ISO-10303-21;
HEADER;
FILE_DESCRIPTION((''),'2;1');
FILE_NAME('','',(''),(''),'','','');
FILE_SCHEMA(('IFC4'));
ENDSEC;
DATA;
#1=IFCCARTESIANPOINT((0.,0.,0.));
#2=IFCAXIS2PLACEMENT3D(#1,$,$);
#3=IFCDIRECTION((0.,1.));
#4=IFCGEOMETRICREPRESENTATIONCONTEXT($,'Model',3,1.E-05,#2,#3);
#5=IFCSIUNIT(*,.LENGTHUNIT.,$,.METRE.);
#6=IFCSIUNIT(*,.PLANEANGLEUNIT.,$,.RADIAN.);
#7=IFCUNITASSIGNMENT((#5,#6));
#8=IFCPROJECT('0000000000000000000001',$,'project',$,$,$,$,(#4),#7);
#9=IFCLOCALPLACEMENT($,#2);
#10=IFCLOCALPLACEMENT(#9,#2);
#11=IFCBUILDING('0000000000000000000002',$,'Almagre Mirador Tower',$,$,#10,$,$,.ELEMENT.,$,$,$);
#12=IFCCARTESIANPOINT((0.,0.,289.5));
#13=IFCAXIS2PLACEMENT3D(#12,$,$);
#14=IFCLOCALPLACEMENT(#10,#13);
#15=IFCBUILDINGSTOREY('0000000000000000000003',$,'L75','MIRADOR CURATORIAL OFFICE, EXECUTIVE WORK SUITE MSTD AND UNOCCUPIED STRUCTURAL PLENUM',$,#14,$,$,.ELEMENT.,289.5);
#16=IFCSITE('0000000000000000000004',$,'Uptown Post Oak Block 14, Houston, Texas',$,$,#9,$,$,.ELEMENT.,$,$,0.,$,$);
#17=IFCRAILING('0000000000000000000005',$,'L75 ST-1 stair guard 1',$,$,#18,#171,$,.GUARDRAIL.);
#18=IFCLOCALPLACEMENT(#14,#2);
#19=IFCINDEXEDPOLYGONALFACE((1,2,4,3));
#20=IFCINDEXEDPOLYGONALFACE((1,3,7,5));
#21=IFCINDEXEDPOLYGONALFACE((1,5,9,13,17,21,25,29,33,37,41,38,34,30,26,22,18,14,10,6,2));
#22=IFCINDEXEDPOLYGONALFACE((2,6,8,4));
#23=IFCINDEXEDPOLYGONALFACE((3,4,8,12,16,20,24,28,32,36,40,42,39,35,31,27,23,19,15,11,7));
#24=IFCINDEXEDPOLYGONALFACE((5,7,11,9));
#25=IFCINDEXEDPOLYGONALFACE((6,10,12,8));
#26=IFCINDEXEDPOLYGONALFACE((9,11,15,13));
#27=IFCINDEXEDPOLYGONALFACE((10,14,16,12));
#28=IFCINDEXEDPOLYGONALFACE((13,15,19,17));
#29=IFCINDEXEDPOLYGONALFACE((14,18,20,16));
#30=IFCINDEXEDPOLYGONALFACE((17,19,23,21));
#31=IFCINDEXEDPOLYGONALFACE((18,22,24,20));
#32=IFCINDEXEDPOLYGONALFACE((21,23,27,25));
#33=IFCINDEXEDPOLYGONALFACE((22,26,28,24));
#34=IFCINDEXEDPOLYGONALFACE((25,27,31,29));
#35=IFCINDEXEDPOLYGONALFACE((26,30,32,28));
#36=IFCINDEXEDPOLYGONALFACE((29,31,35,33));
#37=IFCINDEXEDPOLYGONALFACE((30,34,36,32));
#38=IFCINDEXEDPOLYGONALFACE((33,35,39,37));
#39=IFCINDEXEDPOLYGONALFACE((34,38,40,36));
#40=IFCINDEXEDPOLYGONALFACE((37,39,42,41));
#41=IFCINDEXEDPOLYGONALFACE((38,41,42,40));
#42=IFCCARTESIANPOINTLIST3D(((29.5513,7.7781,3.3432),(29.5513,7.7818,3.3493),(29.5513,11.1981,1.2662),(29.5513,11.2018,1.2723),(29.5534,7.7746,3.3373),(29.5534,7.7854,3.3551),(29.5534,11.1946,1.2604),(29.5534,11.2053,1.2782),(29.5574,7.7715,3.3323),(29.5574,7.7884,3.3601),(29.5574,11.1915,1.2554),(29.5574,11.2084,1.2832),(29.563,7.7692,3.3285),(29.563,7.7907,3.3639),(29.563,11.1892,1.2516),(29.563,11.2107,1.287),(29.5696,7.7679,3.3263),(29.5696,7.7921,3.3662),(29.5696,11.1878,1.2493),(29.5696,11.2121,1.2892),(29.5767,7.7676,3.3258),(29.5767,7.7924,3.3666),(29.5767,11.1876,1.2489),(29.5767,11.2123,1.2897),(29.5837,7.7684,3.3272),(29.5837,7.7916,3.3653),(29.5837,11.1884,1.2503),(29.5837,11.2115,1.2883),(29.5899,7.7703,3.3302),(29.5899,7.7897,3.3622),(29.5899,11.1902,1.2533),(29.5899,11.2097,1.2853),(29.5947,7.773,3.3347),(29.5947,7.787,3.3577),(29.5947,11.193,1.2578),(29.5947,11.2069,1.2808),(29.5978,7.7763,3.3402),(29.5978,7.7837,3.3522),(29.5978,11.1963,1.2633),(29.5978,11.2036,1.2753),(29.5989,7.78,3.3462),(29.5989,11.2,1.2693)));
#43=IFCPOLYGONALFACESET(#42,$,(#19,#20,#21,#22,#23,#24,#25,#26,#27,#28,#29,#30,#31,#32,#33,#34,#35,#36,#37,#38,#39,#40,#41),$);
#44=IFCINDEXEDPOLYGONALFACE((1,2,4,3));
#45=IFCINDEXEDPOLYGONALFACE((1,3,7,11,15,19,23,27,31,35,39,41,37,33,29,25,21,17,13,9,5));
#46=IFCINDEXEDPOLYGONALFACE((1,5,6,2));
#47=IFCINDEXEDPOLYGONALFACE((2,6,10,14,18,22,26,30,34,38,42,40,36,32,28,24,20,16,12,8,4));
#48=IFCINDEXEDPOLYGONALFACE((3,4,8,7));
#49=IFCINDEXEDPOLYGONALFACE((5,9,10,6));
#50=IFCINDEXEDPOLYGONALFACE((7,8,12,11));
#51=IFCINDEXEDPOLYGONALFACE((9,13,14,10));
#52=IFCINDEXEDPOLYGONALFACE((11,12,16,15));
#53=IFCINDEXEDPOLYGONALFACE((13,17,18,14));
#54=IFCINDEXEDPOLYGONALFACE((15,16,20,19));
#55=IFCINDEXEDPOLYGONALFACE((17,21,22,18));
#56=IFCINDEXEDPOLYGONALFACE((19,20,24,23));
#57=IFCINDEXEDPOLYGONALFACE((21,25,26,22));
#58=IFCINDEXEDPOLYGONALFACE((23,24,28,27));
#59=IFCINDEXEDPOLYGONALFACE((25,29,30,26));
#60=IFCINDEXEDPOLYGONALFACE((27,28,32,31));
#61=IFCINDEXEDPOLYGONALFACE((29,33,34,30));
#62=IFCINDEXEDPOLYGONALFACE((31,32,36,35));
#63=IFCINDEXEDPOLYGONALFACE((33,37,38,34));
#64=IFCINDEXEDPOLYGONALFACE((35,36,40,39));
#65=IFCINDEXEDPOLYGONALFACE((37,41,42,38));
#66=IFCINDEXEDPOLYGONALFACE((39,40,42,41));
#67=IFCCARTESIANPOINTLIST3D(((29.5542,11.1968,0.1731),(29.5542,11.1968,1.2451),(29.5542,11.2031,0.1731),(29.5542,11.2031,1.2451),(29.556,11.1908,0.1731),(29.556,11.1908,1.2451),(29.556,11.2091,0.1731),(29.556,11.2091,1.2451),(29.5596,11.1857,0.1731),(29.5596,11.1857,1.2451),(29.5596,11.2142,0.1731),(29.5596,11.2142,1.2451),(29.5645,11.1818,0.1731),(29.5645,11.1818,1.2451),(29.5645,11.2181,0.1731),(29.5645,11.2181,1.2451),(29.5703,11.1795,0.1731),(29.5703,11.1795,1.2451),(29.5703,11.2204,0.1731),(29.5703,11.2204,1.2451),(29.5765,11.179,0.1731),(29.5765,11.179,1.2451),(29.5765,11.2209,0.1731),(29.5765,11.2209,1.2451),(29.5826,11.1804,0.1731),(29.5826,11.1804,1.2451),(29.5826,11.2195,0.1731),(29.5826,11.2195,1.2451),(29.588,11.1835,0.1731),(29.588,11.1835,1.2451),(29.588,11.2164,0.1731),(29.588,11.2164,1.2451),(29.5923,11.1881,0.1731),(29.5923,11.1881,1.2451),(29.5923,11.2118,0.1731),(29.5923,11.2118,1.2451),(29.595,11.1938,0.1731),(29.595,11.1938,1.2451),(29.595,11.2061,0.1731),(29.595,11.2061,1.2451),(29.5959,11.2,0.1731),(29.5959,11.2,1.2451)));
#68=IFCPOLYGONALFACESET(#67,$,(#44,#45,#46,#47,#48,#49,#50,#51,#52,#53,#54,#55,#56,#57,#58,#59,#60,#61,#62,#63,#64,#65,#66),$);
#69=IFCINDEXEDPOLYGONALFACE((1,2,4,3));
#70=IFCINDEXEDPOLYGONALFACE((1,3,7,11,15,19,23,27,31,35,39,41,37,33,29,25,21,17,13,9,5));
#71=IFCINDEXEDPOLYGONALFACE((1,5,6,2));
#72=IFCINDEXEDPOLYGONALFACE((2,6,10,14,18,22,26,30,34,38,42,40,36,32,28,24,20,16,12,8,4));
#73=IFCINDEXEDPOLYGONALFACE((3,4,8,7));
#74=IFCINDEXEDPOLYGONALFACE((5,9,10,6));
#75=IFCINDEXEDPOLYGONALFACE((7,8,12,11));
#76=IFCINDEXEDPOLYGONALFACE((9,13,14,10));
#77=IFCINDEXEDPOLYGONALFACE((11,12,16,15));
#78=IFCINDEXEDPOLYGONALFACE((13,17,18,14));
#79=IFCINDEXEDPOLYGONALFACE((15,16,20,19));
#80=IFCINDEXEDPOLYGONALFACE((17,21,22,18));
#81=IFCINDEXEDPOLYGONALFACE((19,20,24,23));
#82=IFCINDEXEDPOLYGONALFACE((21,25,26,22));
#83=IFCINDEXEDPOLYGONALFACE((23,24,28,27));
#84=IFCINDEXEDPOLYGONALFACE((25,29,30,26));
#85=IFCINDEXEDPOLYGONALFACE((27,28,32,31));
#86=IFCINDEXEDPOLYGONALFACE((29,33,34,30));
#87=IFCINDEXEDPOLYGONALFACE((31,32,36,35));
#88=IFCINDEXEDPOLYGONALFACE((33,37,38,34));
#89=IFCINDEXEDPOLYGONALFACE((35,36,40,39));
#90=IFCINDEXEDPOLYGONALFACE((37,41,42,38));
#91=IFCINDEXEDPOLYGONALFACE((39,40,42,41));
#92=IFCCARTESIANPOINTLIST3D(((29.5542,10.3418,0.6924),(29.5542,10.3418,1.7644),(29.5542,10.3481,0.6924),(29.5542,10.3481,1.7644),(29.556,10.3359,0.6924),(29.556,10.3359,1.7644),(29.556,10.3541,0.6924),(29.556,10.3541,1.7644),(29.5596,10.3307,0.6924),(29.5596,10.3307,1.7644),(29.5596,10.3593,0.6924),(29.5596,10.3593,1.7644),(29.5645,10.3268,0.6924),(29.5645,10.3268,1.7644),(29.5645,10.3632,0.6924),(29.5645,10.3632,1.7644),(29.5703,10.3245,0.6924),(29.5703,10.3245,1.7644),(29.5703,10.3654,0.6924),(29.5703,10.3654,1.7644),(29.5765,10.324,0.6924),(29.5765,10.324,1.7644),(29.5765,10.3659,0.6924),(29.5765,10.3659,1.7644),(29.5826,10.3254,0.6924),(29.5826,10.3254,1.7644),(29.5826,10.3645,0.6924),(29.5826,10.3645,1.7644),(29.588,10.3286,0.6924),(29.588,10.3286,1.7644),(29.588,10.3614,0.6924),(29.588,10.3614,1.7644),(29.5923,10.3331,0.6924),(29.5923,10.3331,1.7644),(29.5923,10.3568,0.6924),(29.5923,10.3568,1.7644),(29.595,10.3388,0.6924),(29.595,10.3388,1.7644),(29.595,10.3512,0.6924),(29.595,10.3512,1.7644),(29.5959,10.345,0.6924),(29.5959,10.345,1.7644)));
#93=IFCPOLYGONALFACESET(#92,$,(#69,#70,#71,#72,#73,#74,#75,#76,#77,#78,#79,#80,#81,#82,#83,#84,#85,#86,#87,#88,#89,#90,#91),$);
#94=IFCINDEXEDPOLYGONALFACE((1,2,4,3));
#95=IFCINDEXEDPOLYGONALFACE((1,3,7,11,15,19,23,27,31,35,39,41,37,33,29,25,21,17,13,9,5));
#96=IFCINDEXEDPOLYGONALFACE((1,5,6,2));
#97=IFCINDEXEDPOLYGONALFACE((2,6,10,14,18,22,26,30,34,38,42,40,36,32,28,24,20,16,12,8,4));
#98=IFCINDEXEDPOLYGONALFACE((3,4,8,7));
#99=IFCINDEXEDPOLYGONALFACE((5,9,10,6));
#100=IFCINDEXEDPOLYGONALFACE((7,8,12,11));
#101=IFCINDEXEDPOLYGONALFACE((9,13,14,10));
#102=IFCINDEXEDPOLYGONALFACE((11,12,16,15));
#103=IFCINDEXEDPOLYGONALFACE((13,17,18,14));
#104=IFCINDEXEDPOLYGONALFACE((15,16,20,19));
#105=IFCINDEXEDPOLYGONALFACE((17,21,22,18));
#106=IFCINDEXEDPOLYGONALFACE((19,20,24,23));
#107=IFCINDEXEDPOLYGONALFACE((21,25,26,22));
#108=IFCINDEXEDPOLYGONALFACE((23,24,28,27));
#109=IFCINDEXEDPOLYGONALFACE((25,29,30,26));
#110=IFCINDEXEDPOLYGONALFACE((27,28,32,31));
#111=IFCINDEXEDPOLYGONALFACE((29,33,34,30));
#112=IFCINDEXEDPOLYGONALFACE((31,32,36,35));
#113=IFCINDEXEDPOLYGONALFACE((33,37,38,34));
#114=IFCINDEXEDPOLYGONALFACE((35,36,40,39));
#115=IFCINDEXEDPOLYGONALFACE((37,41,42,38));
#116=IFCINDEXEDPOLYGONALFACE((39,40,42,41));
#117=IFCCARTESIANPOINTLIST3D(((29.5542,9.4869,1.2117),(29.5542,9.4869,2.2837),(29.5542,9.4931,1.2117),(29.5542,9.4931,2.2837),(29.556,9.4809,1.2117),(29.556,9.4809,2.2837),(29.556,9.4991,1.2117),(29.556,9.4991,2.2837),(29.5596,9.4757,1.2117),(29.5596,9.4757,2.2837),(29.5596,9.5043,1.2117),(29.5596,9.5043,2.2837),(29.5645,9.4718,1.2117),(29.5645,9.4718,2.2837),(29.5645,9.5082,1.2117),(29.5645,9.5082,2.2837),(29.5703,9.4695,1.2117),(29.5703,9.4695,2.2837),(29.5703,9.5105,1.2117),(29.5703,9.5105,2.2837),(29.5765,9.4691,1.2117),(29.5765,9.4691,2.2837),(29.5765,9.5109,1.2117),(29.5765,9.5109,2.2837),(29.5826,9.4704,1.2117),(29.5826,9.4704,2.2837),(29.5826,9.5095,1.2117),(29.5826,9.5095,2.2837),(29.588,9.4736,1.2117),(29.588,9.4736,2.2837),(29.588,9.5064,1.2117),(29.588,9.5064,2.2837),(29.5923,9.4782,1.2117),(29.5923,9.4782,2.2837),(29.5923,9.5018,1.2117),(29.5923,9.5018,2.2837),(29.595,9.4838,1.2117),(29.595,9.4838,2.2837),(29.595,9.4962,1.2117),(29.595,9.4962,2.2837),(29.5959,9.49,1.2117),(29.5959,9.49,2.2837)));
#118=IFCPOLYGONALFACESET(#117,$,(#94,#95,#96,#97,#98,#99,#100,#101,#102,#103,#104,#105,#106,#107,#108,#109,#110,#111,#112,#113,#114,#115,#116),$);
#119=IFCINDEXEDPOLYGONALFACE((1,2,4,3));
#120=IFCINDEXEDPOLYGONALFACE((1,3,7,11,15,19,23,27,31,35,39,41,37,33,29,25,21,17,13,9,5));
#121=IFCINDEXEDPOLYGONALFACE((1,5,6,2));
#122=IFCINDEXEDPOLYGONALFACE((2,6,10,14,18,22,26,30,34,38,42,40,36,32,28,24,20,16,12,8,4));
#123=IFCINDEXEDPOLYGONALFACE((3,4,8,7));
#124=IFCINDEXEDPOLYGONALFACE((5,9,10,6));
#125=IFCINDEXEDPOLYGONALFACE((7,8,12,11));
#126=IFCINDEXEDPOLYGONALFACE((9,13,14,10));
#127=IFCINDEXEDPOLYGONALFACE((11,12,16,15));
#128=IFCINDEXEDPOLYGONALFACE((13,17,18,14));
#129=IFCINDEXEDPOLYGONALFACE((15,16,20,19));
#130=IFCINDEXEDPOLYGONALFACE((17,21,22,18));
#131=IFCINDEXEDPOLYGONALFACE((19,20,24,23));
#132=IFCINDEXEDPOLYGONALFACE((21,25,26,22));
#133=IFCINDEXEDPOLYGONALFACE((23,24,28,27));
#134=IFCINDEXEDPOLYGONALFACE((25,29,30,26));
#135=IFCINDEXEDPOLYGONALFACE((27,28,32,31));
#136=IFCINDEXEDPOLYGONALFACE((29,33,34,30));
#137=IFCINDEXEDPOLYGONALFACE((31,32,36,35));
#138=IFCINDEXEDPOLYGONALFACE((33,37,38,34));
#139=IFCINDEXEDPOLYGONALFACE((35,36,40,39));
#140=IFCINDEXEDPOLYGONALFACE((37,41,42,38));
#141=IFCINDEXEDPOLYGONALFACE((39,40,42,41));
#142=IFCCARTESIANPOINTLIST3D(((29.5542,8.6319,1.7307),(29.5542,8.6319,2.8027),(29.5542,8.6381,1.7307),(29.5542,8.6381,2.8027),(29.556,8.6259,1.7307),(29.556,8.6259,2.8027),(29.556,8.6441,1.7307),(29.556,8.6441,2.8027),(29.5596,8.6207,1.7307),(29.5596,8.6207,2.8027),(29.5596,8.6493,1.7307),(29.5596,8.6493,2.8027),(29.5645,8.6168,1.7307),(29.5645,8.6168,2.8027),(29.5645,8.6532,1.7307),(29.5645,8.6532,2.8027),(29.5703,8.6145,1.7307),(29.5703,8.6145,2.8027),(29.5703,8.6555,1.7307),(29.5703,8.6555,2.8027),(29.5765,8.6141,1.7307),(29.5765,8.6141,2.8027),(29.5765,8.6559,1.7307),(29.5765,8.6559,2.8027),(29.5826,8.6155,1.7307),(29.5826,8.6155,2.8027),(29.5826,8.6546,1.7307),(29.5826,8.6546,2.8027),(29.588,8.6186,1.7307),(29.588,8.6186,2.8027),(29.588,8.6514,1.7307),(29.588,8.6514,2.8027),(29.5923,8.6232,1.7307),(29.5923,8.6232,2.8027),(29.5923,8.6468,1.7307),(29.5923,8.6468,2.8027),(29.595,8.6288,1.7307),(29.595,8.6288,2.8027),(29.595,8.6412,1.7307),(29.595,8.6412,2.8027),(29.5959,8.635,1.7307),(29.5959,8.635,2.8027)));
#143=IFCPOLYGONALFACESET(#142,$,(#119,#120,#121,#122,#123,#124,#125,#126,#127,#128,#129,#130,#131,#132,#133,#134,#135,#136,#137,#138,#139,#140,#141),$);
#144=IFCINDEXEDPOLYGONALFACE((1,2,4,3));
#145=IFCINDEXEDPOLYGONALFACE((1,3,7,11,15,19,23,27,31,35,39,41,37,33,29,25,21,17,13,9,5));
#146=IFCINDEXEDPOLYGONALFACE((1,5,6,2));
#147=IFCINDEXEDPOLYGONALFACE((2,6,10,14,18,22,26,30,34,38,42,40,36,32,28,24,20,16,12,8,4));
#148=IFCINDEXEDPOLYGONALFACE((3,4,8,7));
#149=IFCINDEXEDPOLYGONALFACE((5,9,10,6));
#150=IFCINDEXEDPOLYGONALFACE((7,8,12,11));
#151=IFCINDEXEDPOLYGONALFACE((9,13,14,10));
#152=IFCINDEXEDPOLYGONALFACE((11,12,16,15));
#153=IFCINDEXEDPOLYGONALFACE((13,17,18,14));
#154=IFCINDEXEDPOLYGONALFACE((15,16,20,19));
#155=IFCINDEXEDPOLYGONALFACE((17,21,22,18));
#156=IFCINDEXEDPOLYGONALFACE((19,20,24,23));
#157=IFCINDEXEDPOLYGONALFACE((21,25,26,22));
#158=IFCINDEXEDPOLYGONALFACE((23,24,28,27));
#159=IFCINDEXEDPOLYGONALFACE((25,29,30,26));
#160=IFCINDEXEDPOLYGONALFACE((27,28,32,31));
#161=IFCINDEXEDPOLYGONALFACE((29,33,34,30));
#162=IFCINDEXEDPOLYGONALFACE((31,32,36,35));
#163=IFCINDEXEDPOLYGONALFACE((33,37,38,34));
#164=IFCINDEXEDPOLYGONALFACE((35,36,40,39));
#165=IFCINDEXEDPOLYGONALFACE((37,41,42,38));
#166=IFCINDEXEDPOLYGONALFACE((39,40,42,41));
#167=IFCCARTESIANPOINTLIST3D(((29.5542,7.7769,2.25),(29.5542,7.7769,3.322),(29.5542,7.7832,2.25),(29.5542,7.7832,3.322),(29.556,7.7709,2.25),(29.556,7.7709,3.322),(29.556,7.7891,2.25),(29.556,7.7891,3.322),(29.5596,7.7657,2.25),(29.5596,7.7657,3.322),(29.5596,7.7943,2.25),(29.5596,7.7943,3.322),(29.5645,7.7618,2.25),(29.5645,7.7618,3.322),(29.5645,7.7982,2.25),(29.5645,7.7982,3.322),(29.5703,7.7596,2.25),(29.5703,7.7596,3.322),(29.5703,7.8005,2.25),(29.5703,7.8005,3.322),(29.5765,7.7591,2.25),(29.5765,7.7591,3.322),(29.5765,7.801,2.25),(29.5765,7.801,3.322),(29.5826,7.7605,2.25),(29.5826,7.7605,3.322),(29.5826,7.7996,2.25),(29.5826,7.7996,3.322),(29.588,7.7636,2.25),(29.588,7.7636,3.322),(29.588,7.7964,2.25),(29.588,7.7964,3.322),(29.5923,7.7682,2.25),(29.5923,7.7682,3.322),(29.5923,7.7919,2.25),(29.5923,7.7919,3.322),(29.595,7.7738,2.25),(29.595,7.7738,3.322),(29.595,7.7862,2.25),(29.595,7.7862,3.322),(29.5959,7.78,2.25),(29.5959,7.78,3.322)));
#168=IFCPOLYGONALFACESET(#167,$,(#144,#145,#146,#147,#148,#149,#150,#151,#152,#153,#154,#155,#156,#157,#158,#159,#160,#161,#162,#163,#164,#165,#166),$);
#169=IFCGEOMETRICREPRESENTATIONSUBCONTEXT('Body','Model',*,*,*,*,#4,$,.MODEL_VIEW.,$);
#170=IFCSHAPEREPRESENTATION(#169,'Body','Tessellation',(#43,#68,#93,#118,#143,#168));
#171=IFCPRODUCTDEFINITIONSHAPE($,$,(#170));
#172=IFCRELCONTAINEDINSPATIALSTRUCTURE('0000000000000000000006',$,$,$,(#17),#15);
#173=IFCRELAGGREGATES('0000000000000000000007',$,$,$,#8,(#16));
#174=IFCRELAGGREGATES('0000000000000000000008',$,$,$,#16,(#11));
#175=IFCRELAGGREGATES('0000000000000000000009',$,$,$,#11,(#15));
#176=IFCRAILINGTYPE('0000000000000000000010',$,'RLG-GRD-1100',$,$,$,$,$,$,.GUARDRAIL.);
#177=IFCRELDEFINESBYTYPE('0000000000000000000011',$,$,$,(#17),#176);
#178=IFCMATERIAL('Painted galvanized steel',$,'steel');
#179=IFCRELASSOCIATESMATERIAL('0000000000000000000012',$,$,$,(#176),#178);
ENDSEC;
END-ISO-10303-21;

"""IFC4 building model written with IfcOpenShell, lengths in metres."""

from ifc_helpers import new_model, si_unit, direction, frame, origin, origin_2d, place, context, subcontext, project, spatial, circle, extrude, material, type_object, element, save


model = new_model("IFC4")

# Units and contexts
model_context = context("Model", 3, precision=1e-05, world=origin(), true_north=direction((0.0, 1.0)))
body_context = subcontext(model_context, "Body", "Model", "MODEL_VIEW")
ifc_project = project(units=[si_unit("LENGTHUNIT", "METRE"), si_unit("PLANEANGLEUNIT", "RADIAN")], contexts=[model_context])

# Site, building, storey
site_placement = place(None, origin())
site = spatial("IfcSite", under=ifc_project, at=site_placement, Name="Uptown Post Oak Block 14, Houston, Texas", CompositionType="ELEMENT", RefElevation=0.0)
building_placement = place(site_placement, origin())
building = spatial("IfcBuilding", under=site, at=building_placement, Name="Almagre Mirador Tower", CompositionType="ELEMENT")
storey_placement = place(building_placement, frame((0.0, 0.0, 289.5)))
storey = spatial("IfcBuildingStorey", under=building, at=storey_placement, Name="L75", Description="MIRADOR CURATORIAL OFFICE, EXECUTIVE WORK SUITE MSTD AND UNOCCUPIED STRUCTURAL PLENUM", CompositionType="ELEMENT", Elevation=289.5)

# Railing
ifc_material_1 = material(Name="Painted galvanized steel", Category="steel")
railing_type_1 = type_object("IfcRailingType", Name="RLG-GRD-1100", PredefinedType="GUARDRAIL", material=ifc_material_1)
railing_1_placement = place(storey_placement, frame((29.575, 11.2, 0.1731)))
element("IfcRailing", 1, at=railing_1_placement, inside=storey, type_object=railing_type_1, Name="L75 ST-1 stair guard 1", PredefinedType="GUARDRAIL", context=body_context, shape_type="SweptSolid", body=[
    extrude(circle(Radius=0.0239, at=origin_2d()), frame((0.0, 0.0, 1.0962), z_axis=(0.0, -0.85473, 0.519074), x_axis=(1.0, 0.0, 0.0)), (0.0, 0.0, 1.0), 4.0012),
    extrude(circle(Radius=0.021, at=origin_2d()), origin(), (0.0, 0.0, 1.0), 1.072),
    extrude(circle(Radius=0.021, at=origin_2d()), frame((0.0, -0.855, 0.5193)), (0.0, 0.0, 1.0), 1.072),
    extrude(circle(Radius=0.021, at=origin_2d()), frame((0.0, -1.71, 1.0386)), (0.0, 0.0, 1.0), 1.072),
    extrude(circle(Radius=0.021, at=origin_2d()), frame((0.0, -2.5649, 1.5576)), (0.0, 0.0, 1.0), 1.072),
    extrude(circle(Radius=0.021, at=origin_2d()), frame((0.0, -3.4199, 2.0769)), (0.0, 0.0, 1.0), 1.072),
])

save(model, "model.ifc")
